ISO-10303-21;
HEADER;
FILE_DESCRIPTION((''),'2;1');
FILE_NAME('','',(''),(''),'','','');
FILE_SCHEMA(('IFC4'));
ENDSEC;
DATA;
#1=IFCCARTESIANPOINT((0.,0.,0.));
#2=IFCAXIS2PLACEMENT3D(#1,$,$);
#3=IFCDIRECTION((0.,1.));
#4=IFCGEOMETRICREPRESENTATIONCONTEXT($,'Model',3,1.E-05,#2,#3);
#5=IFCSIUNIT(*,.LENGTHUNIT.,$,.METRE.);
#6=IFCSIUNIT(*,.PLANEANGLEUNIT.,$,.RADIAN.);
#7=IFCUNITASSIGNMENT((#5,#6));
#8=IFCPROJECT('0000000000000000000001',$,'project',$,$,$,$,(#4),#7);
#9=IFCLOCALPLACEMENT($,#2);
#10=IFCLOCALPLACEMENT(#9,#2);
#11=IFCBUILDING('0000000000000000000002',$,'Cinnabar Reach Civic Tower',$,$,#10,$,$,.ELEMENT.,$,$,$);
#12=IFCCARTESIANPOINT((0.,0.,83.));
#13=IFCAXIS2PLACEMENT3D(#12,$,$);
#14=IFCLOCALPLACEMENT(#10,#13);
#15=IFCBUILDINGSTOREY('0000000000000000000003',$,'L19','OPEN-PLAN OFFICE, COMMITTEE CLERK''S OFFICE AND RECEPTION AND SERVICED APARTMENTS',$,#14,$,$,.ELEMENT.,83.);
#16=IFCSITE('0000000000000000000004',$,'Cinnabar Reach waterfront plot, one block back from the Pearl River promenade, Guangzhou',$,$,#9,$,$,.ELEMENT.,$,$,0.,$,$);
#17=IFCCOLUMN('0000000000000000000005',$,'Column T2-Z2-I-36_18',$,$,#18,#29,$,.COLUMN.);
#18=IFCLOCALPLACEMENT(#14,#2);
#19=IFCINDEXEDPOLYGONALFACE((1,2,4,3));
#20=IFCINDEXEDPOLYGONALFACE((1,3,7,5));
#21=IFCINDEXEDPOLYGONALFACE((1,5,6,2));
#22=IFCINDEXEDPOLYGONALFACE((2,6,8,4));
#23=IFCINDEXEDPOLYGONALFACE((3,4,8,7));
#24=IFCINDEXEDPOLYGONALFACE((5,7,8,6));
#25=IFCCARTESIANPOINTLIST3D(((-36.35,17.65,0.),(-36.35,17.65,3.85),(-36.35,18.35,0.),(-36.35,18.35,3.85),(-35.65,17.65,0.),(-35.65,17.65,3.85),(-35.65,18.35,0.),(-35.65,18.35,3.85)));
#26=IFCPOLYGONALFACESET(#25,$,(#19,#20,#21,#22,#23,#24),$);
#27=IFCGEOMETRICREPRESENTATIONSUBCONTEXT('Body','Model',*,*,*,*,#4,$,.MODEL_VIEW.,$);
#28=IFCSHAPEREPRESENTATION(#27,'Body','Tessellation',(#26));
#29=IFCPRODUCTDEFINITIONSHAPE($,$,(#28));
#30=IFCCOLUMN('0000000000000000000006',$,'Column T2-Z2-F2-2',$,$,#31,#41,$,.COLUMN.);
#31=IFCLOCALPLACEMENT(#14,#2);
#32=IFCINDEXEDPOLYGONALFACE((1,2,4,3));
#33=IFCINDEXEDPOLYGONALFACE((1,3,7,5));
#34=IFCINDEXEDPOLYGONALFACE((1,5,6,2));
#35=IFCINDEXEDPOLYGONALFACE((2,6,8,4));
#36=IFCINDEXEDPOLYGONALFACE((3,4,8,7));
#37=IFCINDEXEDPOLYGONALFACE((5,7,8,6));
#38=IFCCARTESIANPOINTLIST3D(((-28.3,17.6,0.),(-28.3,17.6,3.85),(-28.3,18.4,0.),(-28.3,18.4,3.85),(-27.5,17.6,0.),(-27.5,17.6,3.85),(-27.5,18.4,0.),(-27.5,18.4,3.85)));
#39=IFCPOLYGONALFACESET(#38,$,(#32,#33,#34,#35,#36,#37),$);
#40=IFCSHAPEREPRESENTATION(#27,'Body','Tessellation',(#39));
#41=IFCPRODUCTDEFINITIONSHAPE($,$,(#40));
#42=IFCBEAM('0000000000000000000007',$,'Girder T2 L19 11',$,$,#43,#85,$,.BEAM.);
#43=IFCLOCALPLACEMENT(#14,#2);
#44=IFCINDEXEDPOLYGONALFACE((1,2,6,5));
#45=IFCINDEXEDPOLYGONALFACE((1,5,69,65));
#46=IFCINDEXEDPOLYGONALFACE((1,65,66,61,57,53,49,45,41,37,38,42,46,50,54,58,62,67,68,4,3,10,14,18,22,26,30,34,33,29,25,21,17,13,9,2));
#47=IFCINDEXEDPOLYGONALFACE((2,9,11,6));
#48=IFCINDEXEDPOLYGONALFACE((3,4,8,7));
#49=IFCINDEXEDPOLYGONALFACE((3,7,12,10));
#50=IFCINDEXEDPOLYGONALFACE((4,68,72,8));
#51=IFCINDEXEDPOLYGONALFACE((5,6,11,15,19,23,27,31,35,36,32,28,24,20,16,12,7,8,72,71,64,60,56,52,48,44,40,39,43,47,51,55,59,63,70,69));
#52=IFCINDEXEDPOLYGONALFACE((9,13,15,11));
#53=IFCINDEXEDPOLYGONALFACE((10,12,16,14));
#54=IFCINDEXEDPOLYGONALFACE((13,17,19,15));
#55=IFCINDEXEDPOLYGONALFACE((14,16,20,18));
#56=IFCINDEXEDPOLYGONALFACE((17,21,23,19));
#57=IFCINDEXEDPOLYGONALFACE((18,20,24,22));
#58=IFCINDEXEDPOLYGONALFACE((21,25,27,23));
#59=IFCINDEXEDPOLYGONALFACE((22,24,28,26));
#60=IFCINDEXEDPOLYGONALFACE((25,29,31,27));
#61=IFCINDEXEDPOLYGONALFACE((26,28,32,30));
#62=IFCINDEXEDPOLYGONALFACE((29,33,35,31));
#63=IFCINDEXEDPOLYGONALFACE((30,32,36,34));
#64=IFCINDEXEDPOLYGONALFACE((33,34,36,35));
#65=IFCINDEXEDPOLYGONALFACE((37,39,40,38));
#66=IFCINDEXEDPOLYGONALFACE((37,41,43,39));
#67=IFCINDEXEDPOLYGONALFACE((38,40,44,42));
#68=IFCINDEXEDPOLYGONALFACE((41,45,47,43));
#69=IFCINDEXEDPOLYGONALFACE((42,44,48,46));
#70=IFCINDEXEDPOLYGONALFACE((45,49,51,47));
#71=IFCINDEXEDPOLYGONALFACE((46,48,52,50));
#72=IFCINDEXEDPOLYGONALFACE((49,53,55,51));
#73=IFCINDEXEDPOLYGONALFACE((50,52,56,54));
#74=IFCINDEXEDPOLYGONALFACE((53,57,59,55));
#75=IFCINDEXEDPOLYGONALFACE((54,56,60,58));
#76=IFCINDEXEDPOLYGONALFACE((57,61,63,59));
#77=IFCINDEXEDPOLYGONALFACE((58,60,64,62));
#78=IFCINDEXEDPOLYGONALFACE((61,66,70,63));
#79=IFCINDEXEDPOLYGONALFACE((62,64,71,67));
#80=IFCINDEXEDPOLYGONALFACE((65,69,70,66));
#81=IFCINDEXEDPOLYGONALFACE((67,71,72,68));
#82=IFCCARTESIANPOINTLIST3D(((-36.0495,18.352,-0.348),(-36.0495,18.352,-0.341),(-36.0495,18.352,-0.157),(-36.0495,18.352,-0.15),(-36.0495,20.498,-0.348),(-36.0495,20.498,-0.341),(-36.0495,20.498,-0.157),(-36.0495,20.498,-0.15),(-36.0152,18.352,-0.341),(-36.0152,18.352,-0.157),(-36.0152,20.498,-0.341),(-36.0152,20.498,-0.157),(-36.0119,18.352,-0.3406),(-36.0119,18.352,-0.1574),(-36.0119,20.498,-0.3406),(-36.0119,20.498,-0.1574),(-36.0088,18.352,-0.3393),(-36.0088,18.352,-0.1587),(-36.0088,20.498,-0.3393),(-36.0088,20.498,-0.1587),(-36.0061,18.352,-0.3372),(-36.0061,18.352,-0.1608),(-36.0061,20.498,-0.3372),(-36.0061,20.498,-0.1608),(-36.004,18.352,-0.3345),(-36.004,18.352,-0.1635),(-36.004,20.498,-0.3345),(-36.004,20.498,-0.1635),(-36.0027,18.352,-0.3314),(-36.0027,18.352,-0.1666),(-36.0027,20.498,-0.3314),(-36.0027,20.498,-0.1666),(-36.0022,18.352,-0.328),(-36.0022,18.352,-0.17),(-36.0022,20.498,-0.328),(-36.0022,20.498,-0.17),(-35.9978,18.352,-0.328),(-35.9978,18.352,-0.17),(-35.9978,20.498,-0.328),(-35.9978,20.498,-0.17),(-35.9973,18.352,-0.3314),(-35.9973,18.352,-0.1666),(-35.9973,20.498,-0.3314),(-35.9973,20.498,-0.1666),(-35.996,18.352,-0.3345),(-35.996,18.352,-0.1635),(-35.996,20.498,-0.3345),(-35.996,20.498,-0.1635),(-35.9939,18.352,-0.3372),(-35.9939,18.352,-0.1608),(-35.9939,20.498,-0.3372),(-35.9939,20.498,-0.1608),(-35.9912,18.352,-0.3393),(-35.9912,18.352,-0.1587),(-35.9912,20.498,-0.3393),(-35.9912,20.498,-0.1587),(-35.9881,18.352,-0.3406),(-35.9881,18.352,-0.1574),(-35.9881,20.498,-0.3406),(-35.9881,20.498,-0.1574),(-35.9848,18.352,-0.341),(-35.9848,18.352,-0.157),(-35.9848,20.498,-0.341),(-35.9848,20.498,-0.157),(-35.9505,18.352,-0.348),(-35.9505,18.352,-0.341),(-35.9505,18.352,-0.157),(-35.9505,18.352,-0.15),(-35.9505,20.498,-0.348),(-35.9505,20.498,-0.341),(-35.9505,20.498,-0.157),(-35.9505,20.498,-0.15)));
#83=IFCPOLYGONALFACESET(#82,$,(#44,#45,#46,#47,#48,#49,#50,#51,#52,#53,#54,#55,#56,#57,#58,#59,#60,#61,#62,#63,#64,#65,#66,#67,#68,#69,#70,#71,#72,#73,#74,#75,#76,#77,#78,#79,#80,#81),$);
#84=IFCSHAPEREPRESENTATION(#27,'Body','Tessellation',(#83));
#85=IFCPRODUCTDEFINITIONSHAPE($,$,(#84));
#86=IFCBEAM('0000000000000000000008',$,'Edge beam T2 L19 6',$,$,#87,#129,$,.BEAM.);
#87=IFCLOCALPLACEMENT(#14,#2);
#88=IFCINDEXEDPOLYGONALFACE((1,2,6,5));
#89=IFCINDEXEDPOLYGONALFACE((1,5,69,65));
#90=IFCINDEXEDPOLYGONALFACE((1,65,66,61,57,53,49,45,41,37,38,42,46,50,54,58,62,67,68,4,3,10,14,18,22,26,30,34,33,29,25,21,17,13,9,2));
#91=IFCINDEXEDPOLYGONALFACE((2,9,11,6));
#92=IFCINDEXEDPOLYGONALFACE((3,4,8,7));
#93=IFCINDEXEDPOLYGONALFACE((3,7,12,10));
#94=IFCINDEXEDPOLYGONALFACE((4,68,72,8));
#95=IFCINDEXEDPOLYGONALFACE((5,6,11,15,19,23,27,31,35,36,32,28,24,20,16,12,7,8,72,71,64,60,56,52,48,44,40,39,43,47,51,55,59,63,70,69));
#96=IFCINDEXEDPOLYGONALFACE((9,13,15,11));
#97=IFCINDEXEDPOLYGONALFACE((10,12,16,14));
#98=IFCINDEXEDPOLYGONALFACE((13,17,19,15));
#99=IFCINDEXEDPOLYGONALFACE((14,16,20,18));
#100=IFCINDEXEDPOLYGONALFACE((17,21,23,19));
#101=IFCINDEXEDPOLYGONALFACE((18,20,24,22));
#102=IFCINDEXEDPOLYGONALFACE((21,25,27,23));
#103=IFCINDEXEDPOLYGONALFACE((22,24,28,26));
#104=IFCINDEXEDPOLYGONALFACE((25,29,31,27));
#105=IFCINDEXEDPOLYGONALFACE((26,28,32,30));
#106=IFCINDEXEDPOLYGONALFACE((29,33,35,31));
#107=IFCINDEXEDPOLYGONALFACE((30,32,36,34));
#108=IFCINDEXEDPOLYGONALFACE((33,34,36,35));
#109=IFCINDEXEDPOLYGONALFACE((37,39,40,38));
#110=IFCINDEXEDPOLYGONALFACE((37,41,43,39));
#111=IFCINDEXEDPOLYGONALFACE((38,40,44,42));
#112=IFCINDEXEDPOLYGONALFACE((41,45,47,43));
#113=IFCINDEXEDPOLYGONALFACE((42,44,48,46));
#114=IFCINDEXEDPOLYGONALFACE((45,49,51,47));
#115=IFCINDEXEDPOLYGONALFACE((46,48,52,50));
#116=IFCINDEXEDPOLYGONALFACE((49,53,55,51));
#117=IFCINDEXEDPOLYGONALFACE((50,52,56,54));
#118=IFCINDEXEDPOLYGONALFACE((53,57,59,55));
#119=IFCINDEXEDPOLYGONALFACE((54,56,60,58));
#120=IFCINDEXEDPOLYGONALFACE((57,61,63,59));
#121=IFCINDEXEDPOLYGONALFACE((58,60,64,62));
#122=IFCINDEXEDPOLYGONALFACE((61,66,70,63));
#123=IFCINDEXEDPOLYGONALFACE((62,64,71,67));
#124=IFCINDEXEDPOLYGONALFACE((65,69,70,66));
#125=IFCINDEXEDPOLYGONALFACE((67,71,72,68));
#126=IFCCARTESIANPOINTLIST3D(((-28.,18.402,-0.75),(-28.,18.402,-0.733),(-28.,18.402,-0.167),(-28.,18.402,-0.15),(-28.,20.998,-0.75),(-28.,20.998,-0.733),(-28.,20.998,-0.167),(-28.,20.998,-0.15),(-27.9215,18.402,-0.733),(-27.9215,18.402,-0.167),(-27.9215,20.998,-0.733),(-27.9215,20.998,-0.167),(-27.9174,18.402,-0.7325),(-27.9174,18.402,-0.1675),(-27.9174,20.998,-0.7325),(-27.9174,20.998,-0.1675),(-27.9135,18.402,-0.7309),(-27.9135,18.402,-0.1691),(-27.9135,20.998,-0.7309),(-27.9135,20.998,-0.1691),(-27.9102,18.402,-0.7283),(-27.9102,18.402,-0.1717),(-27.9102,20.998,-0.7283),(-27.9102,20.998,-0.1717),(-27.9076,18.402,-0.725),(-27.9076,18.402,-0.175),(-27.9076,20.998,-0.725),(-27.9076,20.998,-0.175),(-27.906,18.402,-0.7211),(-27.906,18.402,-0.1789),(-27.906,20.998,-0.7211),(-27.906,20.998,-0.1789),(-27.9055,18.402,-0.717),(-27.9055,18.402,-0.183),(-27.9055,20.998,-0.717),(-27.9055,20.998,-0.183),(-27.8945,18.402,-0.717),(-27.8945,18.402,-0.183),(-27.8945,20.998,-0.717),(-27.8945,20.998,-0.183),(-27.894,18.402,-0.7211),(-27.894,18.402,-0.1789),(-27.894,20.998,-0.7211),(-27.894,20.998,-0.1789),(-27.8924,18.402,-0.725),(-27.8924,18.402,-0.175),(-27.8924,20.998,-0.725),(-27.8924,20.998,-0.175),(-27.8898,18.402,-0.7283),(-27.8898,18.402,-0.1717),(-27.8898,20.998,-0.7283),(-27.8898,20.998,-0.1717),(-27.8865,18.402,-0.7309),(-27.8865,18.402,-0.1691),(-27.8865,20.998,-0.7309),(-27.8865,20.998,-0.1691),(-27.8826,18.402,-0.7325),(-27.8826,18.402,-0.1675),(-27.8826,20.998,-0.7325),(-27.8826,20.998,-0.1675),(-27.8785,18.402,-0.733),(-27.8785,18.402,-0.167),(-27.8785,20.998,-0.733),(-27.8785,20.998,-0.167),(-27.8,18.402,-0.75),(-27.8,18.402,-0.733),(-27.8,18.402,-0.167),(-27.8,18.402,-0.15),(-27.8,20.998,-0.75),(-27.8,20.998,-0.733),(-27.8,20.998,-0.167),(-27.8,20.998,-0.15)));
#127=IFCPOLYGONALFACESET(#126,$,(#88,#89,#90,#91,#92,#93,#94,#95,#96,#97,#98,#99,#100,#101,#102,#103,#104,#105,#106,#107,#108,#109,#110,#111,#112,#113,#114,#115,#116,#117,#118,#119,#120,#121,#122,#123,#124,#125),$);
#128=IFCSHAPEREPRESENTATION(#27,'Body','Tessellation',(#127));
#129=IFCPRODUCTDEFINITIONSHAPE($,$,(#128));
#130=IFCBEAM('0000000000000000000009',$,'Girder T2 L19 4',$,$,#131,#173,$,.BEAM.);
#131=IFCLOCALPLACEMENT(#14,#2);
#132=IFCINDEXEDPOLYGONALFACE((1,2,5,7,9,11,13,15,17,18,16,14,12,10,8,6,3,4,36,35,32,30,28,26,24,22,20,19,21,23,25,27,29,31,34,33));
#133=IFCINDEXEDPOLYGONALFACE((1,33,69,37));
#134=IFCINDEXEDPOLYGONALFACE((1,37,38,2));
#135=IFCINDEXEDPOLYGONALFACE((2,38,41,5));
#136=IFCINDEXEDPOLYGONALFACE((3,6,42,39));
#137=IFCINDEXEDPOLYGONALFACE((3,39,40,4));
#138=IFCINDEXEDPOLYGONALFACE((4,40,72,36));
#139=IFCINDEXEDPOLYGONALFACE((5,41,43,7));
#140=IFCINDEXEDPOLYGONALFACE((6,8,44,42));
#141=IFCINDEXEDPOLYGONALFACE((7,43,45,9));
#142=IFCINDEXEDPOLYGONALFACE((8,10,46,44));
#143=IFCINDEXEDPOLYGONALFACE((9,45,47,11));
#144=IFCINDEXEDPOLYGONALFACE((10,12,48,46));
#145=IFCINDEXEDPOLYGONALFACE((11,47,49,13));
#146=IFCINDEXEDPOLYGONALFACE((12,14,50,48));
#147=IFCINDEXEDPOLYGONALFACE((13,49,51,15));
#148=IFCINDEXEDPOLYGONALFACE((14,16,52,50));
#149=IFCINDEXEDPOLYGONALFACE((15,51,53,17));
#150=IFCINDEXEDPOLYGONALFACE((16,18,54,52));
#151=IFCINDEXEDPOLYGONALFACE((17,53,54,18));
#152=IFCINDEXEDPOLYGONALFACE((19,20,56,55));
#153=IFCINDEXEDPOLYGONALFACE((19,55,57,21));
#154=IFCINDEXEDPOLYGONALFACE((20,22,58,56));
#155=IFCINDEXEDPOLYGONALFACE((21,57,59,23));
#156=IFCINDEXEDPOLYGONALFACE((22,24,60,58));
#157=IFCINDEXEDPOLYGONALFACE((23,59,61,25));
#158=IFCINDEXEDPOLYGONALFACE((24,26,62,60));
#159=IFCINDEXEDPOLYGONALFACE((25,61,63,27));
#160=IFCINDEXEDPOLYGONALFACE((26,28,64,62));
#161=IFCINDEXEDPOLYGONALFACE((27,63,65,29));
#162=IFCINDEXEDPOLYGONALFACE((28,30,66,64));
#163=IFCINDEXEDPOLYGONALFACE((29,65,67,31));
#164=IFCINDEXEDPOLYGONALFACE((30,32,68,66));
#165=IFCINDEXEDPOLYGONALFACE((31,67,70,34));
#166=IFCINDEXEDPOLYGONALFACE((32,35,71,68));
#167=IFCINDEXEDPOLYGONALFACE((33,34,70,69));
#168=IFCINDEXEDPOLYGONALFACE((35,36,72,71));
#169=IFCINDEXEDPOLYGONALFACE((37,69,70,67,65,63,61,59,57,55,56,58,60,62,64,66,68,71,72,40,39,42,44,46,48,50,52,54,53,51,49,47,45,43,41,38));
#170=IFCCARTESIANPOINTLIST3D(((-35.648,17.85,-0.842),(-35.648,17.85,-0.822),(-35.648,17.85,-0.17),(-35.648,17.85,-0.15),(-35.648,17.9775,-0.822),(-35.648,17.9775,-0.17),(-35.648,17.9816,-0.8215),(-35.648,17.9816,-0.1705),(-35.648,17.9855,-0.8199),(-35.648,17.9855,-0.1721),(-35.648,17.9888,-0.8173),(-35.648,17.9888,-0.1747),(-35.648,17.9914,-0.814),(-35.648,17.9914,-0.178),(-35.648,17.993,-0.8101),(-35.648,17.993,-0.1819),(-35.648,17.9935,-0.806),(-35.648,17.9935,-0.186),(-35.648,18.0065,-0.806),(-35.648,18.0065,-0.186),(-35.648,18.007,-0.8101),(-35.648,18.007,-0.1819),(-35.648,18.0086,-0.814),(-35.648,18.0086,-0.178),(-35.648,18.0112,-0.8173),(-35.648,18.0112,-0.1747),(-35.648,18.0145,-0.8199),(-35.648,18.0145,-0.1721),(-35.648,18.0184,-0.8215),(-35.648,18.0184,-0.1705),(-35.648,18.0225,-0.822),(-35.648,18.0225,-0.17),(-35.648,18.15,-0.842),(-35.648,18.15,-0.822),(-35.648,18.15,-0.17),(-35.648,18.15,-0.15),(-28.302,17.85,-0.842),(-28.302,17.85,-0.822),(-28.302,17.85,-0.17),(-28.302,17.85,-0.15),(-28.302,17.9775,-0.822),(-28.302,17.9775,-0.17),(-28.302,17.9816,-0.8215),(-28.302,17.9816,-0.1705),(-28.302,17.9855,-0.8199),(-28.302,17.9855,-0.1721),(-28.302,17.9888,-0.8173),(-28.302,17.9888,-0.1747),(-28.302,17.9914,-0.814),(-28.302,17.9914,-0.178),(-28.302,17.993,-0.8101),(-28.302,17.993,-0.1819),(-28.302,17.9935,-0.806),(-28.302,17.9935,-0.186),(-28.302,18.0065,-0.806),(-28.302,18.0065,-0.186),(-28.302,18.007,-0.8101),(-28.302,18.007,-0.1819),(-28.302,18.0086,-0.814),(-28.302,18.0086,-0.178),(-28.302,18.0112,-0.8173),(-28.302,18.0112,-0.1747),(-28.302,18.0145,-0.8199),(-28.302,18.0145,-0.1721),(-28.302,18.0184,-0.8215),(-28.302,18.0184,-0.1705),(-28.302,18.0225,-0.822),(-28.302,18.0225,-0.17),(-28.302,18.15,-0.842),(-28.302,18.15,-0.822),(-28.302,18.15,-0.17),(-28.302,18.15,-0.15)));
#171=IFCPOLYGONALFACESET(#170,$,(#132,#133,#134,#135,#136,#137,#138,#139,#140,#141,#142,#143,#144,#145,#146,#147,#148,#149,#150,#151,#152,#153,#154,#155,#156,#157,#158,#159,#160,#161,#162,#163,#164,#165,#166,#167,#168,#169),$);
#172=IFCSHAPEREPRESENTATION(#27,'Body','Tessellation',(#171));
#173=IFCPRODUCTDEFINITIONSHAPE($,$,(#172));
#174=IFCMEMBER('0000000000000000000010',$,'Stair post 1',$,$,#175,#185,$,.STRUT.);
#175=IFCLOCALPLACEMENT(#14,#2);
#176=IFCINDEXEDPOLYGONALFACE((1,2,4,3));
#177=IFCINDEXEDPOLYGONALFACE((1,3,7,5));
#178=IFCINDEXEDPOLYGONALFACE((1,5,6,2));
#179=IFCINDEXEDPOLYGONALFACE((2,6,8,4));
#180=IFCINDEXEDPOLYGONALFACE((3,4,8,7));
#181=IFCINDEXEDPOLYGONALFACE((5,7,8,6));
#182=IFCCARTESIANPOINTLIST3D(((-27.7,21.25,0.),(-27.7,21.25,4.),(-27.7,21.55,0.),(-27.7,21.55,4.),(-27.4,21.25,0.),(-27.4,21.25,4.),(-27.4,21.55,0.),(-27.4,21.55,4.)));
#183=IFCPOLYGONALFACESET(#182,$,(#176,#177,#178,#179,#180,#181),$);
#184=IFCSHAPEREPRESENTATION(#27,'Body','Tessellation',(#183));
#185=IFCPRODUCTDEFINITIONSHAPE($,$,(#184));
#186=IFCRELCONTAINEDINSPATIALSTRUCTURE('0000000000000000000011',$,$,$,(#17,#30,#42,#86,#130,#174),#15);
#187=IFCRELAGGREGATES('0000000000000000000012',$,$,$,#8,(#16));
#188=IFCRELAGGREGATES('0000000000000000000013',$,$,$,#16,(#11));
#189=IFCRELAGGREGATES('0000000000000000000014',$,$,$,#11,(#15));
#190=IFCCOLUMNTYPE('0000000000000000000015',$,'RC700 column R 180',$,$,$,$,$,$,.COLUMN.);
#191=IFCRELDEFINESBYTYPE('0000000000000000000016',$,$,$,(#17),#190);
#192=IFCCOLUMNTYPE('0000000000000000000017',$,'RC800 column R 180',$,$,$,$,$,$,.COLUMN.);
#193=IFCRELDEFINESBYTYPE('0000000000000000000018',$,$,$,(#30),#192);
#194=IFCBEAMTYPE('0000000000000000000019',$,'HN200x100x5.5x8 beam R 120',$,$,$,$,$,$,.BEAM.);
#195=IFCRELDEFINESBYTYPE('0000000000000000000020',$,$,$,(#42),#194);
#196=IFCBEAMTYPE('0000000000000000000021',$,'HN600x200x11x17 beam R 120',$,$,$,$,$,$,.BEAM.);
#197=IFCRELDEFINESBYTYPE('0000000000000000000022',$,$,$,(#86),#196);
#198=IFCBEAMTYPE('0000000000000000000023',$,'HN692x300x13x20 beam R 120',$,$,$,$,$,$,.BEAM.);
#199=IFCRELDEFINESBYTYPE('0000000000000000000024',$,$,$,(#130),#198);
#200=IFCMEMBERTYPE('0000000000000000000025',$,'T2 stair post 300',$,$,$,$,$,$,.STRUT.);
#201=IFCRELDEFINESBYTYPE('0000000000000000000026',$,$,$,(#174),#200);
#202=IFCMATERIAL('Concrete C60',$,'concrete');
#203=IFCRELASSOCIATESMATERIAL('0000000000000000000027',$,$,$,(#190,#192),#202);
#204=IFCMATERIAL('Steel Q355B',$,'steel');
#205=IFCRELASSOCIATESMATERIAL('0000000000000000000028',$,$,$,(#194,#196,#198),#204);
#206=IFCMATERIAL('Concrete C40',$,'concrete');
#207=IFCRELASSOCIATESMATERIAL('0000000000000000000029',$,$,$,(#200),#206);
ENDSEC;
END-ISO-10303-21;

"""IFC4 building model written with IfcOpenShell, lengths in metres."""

from ifc_helpers import new_model, si_unit, direction, frame, origin, origin_2d, place, context, subcontext, project, spatial, rectangle, i_section, extrude, material, material_profile, profile_set, type_object, element, save


model = new_model("IFC4")

# Units and contexts
model_context = context("Model", 3, precision=1e-05, world=origin(), true_north=direction((0.0, 1.0)))
body_context = subcontext(model_context, "Body", "Model", "MODEL_VIEW")
ifc_project = project(units=[si_unit("LENGTHUNIT", "METRE"), si_unit("PLANEANGLEUNIT", "RADIAN")], contexts=[model_context])

# Site, building, storey
site_placement = place(None, origin())
site = spatial("IfcSite", under=ifc_project, at=site_placement, Name="Cinnabar Reach waterfront plot, one block back from the Pearl River promenade, Guangzhou", CompositionType="ELEMENT", RefElevation=0.0)
building_placement = place(site_placement, origin())
building = spatial("IfcBuilding", under=site, at=building_placement, Name="Cinnabar Reach Civic Tower", CompositionType="ELEMENT")
storey_placement = place(building_placement, frame((0.0, 0.0, 83.0)))
storey = spatial("IfcBuildingStorey", under=building, at=storey_placement, Name="L19", Description="OPEN-PLAN OFFICE, COMMITTEE CLERK'S OFFICE AND RECEPTION AND SERVICED APARTMENTS", CompositionType="ELEMENT", Elevation=83.0)

# Columns
ifc_material_1 = material(Name="Concrete C60", Category="concrete")
ifc_material_profile_1 = material_profile(ifc_material_1, rectangle(XDim=0.7, YDim=0.7, at=origin_2d()), Name="RC700")
ifc_profile_set_1 = profile_set([ifc_material_profile_1], Name="Concrete C60")
column_type_1 = type_object("IfcColumnType", Name="RC700 column R 180", PredefinedType="COLUMN", material=ifc_profile_set_1)
column_1_placement = place(storey_placement, frame((-36.0, 18.0, 0.0), z_axis=(0.0, 0.0, 1.0), x_axis=(1.0, 0.0, 0.0)))
element("IfcColumn", 1, at=column_1_placement, inside=storey, type_object=column_type_1, Name="Column T2-Z2-I-36_18", PredefinedType="COLUMN", context=body_context, shape_type="SweptSolid", body=[
    extrude(rectangle(XDim=0.7, YDim=0.7, at=origin_2d()), origin(), (0.0, 0.0, 1.0), 3.85),
])
ifc_material_profile_2 = material_profile(ifc_material_1, rectangle(XDim=0.8, YDim=0.8, at=origin_2d()), Name="RC800")
ifc_profile_set_2 = profile_set([ifc_material_profile_2], Name="Concrete C60")
column_type_2 = type_object("IfcColumnType", Name="RC800 column R 180", PredefinedType="COLUMN", material=ifc_profile_set_2)
column_2_placement = place(storey_placement, frame((-27.9, 18.0, 0.0), z_axis=(0.0, 0.0, 1.0), x_axis=(1.0, 0.0, 0.0)))
element("IfcColumn", 2, at=column_2_placement, inside=storey, type_object=column_type_2, Name="Column T2-Z2-F2-2", PredefinedType="COLUMN", context=body_context, shape_type="SweptSolid", body=[
    extrude(rectangle(XDim=0.8, YDim=0.8, at=origin_2d()), origin(), (0.0, 0.0, 1.0), 3.85),
])

# Beams
ifc_material_2 = material(Name="Steel Q355B", Category="steel")
ifc_material_profile_3 = material_profile(ifc_material_2, i_section(OverallWidth=0.099, OverallDepth=0.198, WebThickness=0.0045, FlangeThickness=0.007, FilletRadius=0.013, at=origin_2d()), Name="HN200x100x5.5x8")
ifc_profile_set_3 = profile_set([ifc_material_profile_3], Name="Steel Q355B")
beam_type_1 = type_object("IfcBeamType", Name="HN200x100x5.5x8 beam R 120", PredefinedType="BEAM", material=ifc_profile_set_3)
beam_1_placement = place(storey_placement, frame((-36.0, 18.352, -0.249), z_axis=(0.0, 1.0, 0.0), x_axis=(-1.0, 0.0, 0.0)))
element("IfcBeam", 3, at=beam_1_placement, inside=storey, type_object=beam_type_1, Name="Girder T2 L19 11", PredefinedType="BEAM", context=body_context, shape_type="SweptSolid", body=[
    extrude(i_section(OverallWidth=0.099, OverallDepth=0.198, WebThickness=0.0045, FlangeThickness=0.007, FilletRadius=0.013, at=origin_2d()), origin(), (0.0, 0.0, 1.0), 2.146),
])
ifc_material_profile_4 = material_profile(ifc_material_2, i_section(OverallWidth=0.2, OverallDepth=0.6, WebThickness=0.011, FlangeThickness=0.017, FilletRadius=0.016, at=origin_2d()), Name="HN600x200x11x17")
ifc_profile_set_4 = profile_set([ifc_material_profile_4], Name="Steel Q355B")
beam_type_2 = type_object("IfcBeamType", Name="HN600x200x11x17 beam R 120", PredefinedType="BEAM", material=ifc_profile_set_4)
beam_2_placement = place(storey_placement, frame((-27.9, 18.402, -0.45), z_axis=(0.0, 1.0, 0.0), x_axis=(-1.0, 0.0, 0.0)))
element("IfcBeam", 4, at=beam_2_placement, inside=storey, type_object=beam_type_2, Name="Edge beam T2 L19 6", PredefinedType="BEAM", context=body_context, shape_type="SweptSolid", body=[
    extrude(i_section(OverallWidth=0.2, OverallDepth=0.6, WebThickness=0.011, FlangeThickness=0.017, FilletRadius=0.016, at=origin_2d()), origin(), (0.0, 0.0, 1.0), 2.596),
])
ifc_material_profile_5 = material_profile(ifc_material_2, i_section(OverallWidth=0.3, OverallDepth=0.692, WebThickness=0.013, FlangeThickness=0.02, FilletRadius=0.016, at=origin_2d()), Name="HN692x300x13x20")
ifc_profile_set_5 = profile_set([ifc_material_profile_5], Name="Steel Q355B")
beam_type_3 = type_object("IfcBeamType", Name="HN692x300x13x20 beam R 120", PredefinedType="BEAM", material=ifc_profile_set_5)
beam_3_placement = place(storey_placement, frame((-35.648, 18.0, -0.496), z_axis=(1.0, 0.0, 0.0), x_axis=(0.0, 1.0, 0.0)))
element("IfcBeam", 5, at=beam_3_placement, inside=storey, type_object=beam_type_3, Name="Girder T2 L19 4", PredefinedType="BEAM", context=body_context, shape_type="SweptSolid", body=[
    extrude(i_section(OverallWidth=0.3, OverallDepth=0.692, WebThickness=0.013, FlangeThickness=0.02, FilletRadius=0.016, at=origin_2d()), origin(), (0.0, 0.0, 1.0), 7.346),
])

# Member
ifc_material_3 = material(Name="Concrete C40", Category="concrete")
ifc_material_profile_6 = material_profile(ifc_material_3, rectangle(XDim=0.3, YDim=0.3, at=origin_2d()), Name="C300")
ifc_profile_set_6 = profile_set([ifc_material_profile_6], Name="Concrete C40")
member_type = type_object("IfcMemberType", Name="T2 stair post 300", PredefinedType="STRUT", material=ifc_profile_set_6)
member_placement = place(storey_placement, frame((-27.55, 21.4, 0.0), z_axis=(0.0, 0.0, 1.0), x_axis=(1.0, 0.0, 0.0)))
element("IfcMember", 6, at=member_placement, inside=storey, type_object=member_type, Name="Stair post 1", PredefinedType="STRUT", context=body_context, shape_type="SweptSolid", body=[
    extrude(rectangle(XDim=0.3, YDim=0.3, at=origin_2d()), origin(), (0.0, 0.0, 1.0), 4.0),
])

save(model, "model.ifc")
